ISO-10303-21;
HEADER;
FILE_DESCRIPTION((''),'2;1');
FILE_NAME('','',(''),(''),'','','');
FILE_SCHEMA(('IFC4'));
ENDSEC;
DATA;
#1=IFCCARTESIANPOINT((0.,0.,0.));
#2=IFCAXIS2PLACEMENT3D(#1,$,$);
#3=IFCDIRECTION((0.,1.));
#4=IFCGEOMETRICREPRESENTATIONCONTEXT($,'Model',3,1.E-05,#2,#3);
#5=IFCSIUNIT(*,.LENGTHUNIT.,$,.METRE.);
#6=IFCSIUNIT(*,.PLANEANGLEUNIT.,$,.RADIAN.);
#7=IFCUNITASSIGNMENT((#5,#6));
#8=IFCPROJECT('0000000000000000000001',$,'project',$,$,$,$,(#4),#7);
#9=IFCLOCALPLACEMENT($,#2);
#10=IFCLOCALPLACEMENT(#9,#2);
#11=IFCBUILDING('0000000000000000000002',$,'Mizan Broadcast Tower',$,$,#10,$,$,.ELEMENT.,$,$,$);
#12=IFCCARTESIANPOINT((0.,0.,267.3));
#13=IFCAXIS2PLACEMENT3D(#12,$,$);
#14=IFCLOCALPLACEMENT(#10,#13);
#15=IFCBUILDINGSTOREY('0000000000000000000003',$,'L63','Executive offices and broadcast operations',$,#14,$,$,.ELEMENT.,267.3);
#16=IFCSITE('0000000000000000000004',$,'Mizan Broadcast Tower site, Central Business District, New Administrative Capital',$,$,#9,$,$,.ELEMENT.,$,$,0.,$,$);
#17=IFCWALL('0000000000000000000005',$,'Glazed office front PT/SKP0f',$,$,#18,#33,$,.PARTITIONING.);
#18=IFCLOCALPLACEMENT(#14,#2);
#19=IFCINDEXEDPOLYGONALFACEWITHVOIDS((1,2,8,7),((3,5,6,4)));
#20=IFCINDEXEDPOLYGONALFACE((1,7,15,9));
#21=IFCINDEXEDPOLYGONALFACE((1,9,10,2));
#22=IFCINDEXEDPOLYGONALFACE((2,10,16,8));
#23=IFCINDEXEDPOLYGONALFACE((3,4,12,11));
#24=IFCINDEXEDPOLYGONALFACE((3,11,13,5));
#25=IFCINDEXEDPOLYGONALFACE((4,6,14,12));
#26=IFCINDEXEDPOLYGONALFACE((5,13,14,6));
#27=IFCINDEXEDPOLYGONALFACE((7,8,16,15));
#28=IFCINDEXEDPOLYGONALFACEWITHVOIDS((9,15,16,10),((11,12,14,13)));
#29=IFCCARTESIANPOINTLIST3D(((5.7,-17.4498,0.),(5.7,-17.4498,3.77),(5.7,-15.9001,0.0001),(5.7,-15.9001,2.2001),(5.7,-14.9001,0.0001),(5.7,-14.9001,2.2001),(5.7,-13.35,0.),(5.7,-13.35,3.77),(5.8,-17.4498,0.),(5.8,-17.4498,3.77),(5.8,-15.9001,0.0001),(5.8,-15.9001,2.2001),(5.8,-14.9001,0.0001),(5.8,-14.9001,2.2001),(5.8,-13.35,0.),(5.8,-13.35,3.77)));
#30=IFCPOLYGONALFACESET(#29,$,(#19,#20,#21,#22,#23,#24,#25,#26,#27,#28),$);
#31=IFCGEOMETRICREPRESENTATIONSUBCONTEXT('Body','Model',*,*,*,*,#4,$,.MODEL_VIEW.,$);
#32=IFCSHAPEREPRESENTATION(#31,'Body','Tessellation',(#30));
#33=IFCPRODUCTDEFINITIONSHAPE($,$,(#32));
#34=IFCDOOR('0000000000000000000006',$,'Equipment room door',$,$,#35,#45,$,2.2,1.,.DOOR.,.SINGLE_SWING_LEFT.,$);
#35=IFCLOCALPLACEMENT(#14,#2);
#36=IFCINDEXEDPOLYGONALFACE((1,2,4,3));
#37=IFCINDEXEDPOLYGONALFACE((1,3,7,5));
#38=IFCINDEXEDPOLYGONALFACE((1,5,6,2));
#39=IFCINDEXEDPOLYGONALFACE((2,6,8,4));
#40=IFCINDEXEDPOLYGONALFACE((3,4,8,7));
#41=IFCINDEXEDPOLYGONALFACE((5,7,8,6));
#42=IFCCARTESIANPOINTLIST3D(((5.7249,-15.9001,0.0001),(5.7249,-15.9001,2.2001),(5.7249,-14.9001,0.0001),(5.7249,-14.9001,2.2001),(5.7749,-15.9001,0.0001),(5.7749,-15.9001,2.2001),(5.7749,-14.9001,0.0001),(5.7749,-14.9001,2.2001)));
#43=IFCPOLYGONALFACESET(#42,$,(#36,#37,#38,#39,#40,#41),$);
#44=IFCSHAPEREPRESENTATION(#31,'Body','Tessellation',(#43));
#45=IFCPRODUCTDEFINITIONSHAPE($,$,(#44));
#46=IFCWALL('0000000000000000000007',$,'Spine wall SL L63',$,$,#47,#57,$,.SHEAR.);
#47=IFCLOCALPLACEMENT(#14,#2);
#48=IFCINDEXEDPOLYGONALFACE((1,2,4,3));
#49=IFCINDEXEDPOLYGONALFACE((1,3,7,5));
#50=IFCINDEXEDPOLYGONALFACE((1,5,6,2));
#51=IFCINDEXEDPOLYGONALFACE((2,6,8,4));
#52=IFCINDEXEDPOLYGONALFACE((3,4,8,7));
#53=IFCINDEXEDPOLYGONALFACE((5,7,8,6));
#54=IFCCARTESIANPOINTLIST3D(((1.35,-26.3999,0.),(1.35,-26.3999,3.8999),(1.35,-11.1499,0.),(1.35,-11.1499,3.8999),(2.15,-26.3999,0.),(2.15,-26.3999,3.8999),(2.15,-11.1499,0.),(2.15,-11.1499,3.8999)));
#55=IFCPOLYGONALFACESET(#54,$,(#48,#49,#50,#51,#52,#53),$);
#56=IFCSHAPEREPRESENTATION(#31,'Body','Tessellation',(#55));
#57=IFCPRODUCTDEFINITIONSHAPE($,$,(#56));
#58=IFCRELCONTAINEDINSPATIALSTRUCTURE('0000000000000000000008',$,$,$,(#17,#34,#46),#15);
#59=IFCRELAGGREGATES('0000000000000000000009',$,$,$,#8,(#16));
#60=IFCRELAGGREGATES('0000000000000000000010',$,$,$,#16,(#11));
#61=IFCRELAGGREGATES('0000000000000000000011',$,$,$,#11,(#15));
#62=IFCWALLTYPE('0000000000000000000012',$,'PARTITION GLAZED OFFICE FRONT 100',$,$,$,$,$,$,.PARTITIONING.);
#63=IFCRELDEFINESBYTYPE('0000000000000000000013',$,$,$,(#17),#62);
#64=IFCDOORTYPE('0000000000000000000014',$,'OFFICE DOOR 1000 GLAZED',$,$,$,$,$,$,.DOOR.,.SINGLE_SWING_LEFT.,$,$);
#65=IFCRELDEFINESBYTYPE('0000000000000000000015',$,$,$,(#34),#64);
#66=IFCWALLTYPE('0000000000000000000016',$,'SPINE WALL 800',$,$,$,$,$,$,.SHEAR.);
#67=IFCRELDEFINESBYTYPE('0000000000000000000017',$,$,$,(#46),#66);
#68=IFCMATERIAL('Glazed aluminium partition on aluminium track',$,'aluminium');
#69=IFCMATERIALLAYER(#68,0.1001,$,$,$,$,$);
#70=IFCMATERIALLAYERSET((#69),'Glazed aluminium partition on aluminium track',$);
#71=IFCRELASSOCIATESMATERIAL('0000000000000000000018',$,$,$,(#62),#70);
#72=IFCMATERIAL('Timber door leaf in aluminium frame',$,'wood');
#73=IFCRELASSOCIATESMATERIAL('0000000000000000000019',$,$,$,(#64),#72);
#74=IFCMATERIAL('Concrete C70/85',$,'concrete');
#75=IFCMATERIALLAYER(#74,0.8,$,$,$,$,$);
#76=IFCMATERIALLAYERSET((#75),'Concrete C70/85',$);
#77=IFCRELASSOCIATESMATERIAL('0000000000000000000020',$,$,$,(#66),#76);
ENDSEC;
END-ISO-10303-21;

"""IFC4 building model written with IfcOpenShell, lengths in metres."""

from ifc_helpers import new_model, si_unit, direction, frame, frame_2d, origin, place, context, subcontext, project, spatial, rectangle, extrude, material, layer, layer_set, type_object, element, fill, save


model = new_model("IFC4")

# Units and contexts
model_context = context("Model", 3, precision=1e-05, world=origin(), true_north=direction((0.0, 1.0)))
body_context = subcontext(model_context, "Body", "Model", "MODEL_VIEW")
ifc_project = project(units=[si_unit("LENGTHUNIT", "METRE"), si_unit("PLANEANGLEUNIT", "RADIAN")], contexts=[model_context])

# Site, building, storey
site_placement = place(None, origin())
site = spatial("IfcSite", under=ifc_project, at=site_placement, Name="Mizan Broadcast Tower site, Central Business District, New Administrative Capital", CompositionType="ELEMENT", RefElevation=0.0)
building_placement = place(site_placement, origin())
building = spatial("IfcBuilding", under=site, at=building_placement, Name="Mizan Broadcast Tower", CompositionType="ELEMENT")
storey_placement = place(building_placement, frame((0.0, 0.0, 267.3)))
storey = spatial("IfcBuildingStorey", under=building, at=storey_placement, Name="L63", Description="Executive offices and broadcast operations", CompositionType="ELEMENT", Elevation=267.3)

# Shared definitions
ifc_material_1 = material(Name="Glazed aluminium partition on aluminium track", Category="aluminium")
ifc_layer_1 = layer(ifc_material_1, 0.1001)
ifc_layer_set_1 = layer_set([ifc_layer_1], Name="Glazed aluminium partition on aluminium track")
wall_type_1 = type_object("IfcWallType", Name="PARTITION GLAZED OFFICE FRONT 100", PredefinedType="PARTITIONING", material=ifc_layer_set_1)

# Wall, opening, door
wall_1_placement = place(storey_placement, frame((5.75, -13.3501, 0.0), z_axis=(0.0, 0.0, 1.0), x_axis=(0.0, -1.0, 0.0)))
wall_1 = element("IfcWall", 1, at=wall_1_placement, inside=storey, type_object=wall_type_1, Name="Glazed office front PT/SKP0f", PredefinedType="PARTITIONING", context=body_context, shape_type="SweptSolid", body=[
    extrude(rectangle(XDim=4.0999, YDim=0.1001, at=frame_2d((2.0498, 0.0))), origin(), (0.0, 0.0, 1.0), 3.77),
])
opening_1_placement = place(wall_1_placement, frame((1.55, 0.0, 0.0)))
opening_1 = element("IfcOpeningElement", 2, at=opening_1_placement, cuts=wall_1, PredefinedType="OPENING", context=body_context, shape_type="SweptSolid", body=[
    extrude(rectangle(XDim=1.0, YDim=2.2, at=frame_2d((0.5, 1.1001))), frame((0.0, 0.0601, 0.0), z_axis=(0.0, -1.0, 0.0), x_axis=(1.0, 0.0, 0.0)), (0.0, 0.0, 1.0), 0.1201),
])
ifc_material_2 = material(Name="Timber door leaf in aluminium frame", Category="wood")
door_type_1 = type_object("IfcDoorType", Name="OFFICE DOOR 1000 GLAZED", OperationType="SINGLE_SWING_LEFT", PredefinedType="DOOR", material=ifc_material_2)
door_1_placement = place(opening_1_placement, origin())
door_1 = element("IfcDoor", 3, at=door_1_placement, inside=storey, type_object=door_type_1, Name="Equipment room door", OperationType="SINGLE_SWING_LEFT", OverallHeight=2.2, OverallWidth=1.0, PredefinedType="DOOR", context=body_context, shape_type="SweptSolid", body=[
    extrude(rectangle(XDim=1.0, YDim=2.2, at=frame_2d((0.5, 1.1001))), frame((0.0, 0.0249, 0.0), z_axis=(0.0, -1.0, 0.0), x_axis=(1.0, 0.0, 0.0)), (0.0, 0.0, 1.0), 0.05),
])
fill(opening_1, door_1)

# Wall
ifc_material_3 = material(Name="Concrete C70/85", Category="concrete")
ifc_layer_2 = layer(ifc_material_3, 0.8)
ifc_layer_set_2 = layer_set([ifc_layer_2], Name="Concrete C70/85")
wall_type_2 = type_object("IfcWallType", Name="SPINE WALL 800", PredefinedType="SHEAR", material=ifc_layer_set_2)
wall_2_placement = place(storey_placement, frame((1.75, -11.1499, 0.0), z_axis=(0.0, 0.0, 1.0), x_axis=(0.0, -1.0, 0.0)))
element("IfcWall", 4, at=wall_2_placement, inside=storey, type_object=wall_type_2, Name="Spine wall SL L63", PredefinedType="SHEAR", context=body_context, shape_type="SweptSolid", body=[
    extrude(rectangle(XDim=15.25, YDim=0.8, at=frame_2d((7.625, 0.0))), origin(), (0.0, 0.0, 1.0), 3.8999),
])

save(model, "model.ifc")
